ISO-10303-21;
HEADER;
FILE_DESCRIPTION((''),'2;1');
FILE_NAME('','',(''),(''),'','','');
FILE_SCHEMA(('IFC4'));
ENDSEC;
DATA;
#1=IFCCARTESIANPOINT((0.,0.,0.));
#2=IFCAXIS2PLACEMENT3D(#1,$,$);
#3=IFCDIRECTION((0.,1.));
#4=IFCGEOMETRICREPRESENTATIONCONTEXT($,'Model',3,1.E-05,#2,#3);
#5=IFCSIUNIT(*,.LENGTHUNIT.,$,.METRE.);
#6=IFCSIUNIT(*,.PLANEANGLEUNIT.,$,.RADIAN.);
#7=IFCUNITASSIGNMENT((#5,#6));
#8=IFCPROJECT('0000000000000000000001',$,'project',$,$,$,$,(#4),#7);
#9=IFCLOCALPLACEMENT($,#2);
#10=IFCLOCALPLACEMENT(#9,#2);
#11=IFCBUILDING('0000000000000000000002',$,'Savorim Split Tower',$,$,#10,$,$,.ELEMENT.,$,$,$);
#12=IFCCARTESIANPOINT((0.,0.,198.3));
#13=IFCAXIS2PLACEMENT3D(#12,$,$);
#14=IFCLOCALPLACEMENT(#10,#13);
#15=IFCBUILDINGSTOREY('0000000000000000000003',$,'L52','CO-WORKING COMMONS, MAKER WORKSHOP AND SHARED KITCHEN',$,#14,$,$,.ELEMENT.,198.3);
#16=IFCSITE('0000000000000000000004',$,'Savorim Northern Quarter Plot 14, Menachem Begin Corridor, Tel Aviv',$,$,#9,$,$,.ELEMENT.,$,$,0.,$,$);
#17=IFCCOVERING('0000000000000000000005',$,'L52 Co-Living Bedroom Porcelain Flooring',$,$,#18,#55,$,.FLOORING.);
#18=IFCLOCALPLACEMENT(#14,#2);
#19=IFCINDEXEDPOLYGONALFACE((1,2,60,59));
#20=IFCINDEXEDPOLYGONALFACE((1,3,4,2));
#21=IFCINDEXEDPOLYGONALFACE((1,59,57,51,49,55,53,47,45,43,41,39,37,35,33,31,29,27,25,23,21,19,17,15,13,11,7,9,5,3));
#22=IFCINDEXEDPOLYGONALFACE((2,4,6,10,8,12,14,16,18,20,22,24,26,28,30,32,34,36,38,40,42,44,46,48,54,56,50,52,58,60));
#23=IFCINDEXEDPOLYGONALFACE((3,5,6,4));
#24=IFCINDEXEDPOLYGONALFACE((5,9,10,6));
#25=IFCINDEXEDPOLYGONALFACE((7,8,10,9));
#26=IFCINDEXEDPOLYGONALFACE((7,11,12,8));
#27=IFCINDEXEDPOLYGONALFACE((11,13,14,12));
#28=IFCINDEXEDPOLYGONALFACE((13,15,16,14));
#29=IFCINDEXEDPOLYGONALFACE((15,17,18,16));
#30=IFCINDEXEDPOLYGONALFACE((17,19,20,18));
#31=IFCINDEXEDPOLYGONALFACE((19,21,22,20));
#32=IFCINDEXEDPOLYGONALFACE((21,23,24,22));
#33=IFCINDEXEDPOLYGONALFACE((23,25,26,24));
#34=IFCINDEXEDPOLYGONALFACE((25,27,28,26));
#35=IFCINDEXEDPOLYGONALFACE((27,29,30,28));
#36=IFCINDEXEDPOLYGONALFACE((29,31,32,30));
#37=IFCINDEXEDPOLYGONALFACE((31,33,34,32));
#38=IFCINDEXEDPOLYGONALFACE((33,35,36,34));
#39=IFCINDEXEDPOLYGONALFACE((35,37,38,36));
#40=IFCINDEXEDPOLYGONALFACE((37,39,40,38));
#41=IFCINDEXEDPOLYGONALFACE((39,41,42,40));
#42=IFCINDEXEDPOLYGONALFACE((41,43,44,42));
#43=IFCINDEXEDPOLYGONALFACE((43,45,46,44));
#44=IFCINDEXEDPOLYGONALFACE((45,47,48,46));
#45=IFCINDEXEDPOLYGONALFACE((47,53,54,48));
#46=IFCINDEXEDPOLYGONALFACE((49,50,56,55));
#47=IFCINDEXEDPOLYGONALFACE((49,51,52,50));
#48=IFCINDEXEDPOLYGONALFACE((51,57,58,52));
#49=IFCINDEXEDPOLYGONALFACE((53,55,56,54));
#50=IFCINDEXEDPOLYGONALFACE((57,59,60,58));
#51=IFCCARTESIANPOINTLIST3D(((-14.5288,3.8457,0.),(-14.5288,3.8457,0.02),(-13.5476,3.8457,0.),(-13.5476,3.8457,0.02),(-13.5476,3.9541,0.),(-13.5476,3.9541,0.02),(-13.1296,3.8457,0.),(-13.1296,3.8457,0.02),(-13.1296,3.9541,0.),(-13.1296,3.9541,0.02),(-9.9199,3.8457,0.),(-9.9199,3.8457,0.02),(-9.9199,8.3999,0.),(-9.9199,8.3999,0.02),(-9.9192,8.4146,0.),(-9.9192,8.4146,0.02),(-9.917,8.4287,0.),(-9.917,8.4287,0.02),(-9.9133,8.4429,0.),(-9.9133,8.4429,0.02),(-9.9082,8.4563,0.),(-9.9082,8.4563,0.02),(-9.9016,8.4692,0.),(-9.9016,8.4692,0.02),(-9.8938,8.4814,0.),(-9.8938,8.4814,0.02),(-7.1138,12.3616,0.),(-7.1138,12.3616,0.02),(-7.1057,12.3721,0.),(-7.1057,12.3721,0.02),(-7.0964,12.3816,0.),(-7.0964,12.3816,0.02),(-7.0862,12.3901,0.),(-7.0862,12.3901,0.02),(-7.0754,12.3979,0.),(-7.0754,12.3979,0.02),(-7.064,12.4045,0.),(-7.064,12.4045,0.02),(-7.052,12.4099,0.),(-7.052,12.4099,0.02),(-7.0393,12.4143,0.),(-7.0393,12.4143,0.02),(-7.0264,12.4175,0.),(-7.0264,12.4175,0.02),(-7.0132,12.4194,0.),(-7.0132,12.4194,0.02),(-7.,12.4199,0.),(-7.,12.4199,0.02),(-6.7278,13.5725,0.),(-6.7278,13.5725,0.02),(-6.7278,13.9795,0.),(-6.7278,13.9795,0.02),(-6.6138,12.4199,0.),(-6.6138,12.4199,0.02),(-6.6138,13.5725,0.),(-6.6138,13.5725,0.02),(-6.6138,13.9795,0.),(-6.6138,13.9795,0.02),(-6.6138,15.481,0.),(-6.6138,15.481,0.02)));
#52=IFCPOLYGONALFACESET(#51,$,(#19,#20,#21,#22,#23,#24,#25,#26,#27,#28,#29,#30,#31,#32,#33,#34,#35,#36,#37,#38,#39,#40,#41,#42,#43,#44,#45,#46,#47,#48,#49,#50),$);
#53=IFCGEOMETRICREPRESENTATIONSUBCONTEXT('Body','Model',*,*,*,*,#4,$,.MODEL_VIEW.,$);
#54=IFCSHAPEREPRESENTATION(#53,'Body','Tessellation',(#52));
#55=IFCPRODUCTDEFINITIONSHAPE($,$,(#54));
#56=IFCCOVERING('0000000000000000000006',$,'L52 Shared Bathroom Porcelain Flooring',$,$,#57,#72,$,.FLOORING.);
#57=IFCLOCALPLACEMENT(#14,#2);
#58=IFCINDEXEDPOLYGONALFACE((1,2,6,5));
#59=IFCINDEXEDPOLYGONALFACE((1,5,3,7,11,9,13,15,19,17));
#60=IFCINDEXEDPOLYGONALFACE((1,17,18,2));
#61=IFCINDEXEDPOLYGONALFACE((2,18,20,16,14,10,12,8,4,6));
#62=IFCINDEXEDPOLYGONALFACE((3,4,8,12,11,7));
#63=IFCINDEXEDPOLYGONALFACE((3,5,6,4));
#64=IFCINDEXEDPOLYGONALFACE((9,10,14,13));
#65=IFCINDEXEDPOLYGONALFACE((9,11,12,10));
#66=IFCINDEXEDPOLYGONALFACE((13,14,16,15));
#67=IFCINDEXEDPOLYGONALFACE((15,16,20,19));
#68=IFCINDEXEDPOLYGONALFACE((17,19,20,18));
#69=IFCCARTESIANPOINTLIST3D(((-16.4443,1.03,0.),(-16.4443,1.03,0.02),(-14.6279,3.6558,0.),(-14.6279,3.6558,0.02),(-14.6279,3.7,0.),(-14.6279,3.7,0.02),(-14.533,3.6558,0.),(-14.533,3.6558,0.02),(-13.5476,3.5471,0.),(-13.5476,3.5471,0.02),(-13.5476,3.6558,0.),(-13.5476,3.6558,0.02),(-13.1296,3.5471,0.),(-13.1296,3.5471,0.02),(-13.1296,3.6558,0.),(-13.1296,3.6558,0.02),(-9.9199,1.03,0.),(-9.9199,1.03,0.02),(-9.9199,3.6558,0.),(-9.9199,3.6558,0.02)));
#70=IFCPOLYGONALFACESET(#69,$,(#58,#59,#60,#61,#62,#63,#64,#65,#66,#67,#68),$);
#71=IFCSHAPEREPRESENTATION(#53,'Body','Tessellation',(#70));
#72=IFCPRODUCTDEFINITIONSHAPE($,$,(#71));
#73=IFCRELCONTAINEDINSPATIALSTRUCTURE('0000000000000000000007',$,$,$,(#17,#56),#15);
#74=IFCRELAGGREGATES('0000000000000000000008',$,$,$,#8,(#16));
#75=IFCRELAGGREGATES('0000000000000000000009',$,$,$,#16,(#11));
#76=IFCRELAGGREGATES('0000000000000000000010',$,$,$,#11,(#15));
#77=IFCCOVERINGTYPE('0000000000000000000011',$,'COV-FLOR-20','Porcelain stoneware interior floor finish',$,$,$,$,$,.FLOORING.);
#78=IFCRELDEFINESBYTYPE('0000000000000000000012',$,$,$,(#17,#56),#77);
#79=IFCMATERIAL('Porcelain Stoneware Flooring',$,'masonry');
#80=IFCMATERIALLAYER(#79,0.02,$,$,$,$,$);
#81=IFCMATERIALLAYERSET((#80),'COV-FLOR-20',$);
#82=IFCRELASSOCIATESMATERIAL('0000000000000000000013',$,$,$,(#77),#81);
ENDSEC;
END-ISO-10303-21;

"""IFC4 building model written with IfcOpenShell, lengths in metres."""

from ifc_helpers import new_model, si_unit, direction, frame, origin, place, context, subcontext, project, spatial, polyline, outline, extrude, material, layer, layer_set, type_object, element, save


model = new_model("IFC4")

# Units and contexts
model_context = context("Model", 3, precision=1e-05, world=origin(), true_north=direction((0.0, 1.0)))
body_context = subcontext(model_context, "Body", "Model", "MODEL_VIEW")
ifc_project = project(units=[si_unit("LENGTHUNIT", "METRE"), si_unit("PLANEANGLEUNIT", "RADIAN")], contexts=[model_context])

# Site, building, storey
site_placement = place(None, origin())
site = spatial("IfcSite", under=ifc_project, at=site_placement, Name="Savorim Northern Quarter Plot 14, Menachem Begin Corridor, Tel Aviv", CompositionType="ELEMENT", RefElevation=0.0)
building_placement = place(site_placement, origin())
building = spatial("IfcBuilding", under=site, at=building_placement, Name="Savorim Split Tower", CompositionType="ELEMENT")
storey_placement = place(building_placement, frame((0.0, 0.0, 198.3)))
storey = spatial("IfcBuildingStorey", under=building, at=storey_placement, Name="L52", Description="CO-WORKING COMMONS, MAKER WORKSHOP AND SHARED KITCHEN", CompositionType="ELEMENT", Elevation=198.3)

# Coverings
ifc_material_1 = material(Name="Porcelain Stoneware Flooring", Category="masonry")
ifc_layer_1 = layer(ifc_material_1, 0.02)
ifc_layer_set_1 = layer_set([ifc_layer_1], Name="COV-FLOR-20")
covering_type_1 = type_object("IfcCoveringType", Name="COV-FLOR-20", Description="Porcelain stoneware interior floor finish", PredefinedType="FLOORING", material=ifc_layer_set_1)
covering_1_placement = place(storey_placement, origin())
element("IfcCovering", 1, at=covering_1_placement, inside=storey, type_object=covering_type_1, Name="L52 Co-Living Bedroom Porcelain Flooring", PredefinedType="FLOORING", context=body_context, shape_type="SweptSolid", body=[
    extrude(outline(polyline([(-7.0132, 12.4194), (-7.0, 12.4199), (-6.6138, 12.4199), (-6.6138, 13.5725), (-6.7278, 13.5725), (-6.7278, 13.9795), (-6.6138, 13.9795), (-6.6138, 15.481), (-14.5288, 3.8457), (-13.5476, 3.8457), (-13.5476, 3.9541), (-13.1296, 3.9541), (-13.1296, 3.8457), (-9.9199, 3.8457), (-9.9199, 8.3999), (-9.9192, 8.4146), (-9.917, 8.4287), (-9.9133, 8.4429), (-9.9082, 8.4563), (-9.9016, 8.4692), (-9.8938, 8.4814), (-7.1138, 12.3616), (-7.1057, 12.3721), (-7.0964, 12.3816), (-7.0862, 12.3901), (-7.0754, 12.3979), (-7.064, 12.4045), (-7.052, 12.4099), (-7.0393, 12.4143), (-7.0264, 12.4175), (-7.0132, 12.4194)])), origin(), (0.0, 0.0, 1.0), 0.02),
])
covering_2_placement = place(storey_placement, origin())
element("IfcCovering", 2, at=covering_2_placement, inside=storey, type_object=covering_type_1, Name="L52 Shared Bathroom Porcelain Flooring", PredefinedType="FLOORING", context=body_context, shape_type="SweptSolid", body=[
    extrude(outline(polyline([(-13.5476, 3.6558), (-14.533, 3.6558), (-14.6279, 3.6558), (-14.6279, 3.7), (-16.4443, 1.03), (-9.9199, 1.03), (-9.9199, 3.6558), (-13.1296, 3.6558), (-13.1296, 3.5471), (-13.5476, 3.5471), (-13.5476, 3.6558)])), origin(), (0.0, 0.0, 1.0), 0.02),
])

save(model, "model.ifc")
